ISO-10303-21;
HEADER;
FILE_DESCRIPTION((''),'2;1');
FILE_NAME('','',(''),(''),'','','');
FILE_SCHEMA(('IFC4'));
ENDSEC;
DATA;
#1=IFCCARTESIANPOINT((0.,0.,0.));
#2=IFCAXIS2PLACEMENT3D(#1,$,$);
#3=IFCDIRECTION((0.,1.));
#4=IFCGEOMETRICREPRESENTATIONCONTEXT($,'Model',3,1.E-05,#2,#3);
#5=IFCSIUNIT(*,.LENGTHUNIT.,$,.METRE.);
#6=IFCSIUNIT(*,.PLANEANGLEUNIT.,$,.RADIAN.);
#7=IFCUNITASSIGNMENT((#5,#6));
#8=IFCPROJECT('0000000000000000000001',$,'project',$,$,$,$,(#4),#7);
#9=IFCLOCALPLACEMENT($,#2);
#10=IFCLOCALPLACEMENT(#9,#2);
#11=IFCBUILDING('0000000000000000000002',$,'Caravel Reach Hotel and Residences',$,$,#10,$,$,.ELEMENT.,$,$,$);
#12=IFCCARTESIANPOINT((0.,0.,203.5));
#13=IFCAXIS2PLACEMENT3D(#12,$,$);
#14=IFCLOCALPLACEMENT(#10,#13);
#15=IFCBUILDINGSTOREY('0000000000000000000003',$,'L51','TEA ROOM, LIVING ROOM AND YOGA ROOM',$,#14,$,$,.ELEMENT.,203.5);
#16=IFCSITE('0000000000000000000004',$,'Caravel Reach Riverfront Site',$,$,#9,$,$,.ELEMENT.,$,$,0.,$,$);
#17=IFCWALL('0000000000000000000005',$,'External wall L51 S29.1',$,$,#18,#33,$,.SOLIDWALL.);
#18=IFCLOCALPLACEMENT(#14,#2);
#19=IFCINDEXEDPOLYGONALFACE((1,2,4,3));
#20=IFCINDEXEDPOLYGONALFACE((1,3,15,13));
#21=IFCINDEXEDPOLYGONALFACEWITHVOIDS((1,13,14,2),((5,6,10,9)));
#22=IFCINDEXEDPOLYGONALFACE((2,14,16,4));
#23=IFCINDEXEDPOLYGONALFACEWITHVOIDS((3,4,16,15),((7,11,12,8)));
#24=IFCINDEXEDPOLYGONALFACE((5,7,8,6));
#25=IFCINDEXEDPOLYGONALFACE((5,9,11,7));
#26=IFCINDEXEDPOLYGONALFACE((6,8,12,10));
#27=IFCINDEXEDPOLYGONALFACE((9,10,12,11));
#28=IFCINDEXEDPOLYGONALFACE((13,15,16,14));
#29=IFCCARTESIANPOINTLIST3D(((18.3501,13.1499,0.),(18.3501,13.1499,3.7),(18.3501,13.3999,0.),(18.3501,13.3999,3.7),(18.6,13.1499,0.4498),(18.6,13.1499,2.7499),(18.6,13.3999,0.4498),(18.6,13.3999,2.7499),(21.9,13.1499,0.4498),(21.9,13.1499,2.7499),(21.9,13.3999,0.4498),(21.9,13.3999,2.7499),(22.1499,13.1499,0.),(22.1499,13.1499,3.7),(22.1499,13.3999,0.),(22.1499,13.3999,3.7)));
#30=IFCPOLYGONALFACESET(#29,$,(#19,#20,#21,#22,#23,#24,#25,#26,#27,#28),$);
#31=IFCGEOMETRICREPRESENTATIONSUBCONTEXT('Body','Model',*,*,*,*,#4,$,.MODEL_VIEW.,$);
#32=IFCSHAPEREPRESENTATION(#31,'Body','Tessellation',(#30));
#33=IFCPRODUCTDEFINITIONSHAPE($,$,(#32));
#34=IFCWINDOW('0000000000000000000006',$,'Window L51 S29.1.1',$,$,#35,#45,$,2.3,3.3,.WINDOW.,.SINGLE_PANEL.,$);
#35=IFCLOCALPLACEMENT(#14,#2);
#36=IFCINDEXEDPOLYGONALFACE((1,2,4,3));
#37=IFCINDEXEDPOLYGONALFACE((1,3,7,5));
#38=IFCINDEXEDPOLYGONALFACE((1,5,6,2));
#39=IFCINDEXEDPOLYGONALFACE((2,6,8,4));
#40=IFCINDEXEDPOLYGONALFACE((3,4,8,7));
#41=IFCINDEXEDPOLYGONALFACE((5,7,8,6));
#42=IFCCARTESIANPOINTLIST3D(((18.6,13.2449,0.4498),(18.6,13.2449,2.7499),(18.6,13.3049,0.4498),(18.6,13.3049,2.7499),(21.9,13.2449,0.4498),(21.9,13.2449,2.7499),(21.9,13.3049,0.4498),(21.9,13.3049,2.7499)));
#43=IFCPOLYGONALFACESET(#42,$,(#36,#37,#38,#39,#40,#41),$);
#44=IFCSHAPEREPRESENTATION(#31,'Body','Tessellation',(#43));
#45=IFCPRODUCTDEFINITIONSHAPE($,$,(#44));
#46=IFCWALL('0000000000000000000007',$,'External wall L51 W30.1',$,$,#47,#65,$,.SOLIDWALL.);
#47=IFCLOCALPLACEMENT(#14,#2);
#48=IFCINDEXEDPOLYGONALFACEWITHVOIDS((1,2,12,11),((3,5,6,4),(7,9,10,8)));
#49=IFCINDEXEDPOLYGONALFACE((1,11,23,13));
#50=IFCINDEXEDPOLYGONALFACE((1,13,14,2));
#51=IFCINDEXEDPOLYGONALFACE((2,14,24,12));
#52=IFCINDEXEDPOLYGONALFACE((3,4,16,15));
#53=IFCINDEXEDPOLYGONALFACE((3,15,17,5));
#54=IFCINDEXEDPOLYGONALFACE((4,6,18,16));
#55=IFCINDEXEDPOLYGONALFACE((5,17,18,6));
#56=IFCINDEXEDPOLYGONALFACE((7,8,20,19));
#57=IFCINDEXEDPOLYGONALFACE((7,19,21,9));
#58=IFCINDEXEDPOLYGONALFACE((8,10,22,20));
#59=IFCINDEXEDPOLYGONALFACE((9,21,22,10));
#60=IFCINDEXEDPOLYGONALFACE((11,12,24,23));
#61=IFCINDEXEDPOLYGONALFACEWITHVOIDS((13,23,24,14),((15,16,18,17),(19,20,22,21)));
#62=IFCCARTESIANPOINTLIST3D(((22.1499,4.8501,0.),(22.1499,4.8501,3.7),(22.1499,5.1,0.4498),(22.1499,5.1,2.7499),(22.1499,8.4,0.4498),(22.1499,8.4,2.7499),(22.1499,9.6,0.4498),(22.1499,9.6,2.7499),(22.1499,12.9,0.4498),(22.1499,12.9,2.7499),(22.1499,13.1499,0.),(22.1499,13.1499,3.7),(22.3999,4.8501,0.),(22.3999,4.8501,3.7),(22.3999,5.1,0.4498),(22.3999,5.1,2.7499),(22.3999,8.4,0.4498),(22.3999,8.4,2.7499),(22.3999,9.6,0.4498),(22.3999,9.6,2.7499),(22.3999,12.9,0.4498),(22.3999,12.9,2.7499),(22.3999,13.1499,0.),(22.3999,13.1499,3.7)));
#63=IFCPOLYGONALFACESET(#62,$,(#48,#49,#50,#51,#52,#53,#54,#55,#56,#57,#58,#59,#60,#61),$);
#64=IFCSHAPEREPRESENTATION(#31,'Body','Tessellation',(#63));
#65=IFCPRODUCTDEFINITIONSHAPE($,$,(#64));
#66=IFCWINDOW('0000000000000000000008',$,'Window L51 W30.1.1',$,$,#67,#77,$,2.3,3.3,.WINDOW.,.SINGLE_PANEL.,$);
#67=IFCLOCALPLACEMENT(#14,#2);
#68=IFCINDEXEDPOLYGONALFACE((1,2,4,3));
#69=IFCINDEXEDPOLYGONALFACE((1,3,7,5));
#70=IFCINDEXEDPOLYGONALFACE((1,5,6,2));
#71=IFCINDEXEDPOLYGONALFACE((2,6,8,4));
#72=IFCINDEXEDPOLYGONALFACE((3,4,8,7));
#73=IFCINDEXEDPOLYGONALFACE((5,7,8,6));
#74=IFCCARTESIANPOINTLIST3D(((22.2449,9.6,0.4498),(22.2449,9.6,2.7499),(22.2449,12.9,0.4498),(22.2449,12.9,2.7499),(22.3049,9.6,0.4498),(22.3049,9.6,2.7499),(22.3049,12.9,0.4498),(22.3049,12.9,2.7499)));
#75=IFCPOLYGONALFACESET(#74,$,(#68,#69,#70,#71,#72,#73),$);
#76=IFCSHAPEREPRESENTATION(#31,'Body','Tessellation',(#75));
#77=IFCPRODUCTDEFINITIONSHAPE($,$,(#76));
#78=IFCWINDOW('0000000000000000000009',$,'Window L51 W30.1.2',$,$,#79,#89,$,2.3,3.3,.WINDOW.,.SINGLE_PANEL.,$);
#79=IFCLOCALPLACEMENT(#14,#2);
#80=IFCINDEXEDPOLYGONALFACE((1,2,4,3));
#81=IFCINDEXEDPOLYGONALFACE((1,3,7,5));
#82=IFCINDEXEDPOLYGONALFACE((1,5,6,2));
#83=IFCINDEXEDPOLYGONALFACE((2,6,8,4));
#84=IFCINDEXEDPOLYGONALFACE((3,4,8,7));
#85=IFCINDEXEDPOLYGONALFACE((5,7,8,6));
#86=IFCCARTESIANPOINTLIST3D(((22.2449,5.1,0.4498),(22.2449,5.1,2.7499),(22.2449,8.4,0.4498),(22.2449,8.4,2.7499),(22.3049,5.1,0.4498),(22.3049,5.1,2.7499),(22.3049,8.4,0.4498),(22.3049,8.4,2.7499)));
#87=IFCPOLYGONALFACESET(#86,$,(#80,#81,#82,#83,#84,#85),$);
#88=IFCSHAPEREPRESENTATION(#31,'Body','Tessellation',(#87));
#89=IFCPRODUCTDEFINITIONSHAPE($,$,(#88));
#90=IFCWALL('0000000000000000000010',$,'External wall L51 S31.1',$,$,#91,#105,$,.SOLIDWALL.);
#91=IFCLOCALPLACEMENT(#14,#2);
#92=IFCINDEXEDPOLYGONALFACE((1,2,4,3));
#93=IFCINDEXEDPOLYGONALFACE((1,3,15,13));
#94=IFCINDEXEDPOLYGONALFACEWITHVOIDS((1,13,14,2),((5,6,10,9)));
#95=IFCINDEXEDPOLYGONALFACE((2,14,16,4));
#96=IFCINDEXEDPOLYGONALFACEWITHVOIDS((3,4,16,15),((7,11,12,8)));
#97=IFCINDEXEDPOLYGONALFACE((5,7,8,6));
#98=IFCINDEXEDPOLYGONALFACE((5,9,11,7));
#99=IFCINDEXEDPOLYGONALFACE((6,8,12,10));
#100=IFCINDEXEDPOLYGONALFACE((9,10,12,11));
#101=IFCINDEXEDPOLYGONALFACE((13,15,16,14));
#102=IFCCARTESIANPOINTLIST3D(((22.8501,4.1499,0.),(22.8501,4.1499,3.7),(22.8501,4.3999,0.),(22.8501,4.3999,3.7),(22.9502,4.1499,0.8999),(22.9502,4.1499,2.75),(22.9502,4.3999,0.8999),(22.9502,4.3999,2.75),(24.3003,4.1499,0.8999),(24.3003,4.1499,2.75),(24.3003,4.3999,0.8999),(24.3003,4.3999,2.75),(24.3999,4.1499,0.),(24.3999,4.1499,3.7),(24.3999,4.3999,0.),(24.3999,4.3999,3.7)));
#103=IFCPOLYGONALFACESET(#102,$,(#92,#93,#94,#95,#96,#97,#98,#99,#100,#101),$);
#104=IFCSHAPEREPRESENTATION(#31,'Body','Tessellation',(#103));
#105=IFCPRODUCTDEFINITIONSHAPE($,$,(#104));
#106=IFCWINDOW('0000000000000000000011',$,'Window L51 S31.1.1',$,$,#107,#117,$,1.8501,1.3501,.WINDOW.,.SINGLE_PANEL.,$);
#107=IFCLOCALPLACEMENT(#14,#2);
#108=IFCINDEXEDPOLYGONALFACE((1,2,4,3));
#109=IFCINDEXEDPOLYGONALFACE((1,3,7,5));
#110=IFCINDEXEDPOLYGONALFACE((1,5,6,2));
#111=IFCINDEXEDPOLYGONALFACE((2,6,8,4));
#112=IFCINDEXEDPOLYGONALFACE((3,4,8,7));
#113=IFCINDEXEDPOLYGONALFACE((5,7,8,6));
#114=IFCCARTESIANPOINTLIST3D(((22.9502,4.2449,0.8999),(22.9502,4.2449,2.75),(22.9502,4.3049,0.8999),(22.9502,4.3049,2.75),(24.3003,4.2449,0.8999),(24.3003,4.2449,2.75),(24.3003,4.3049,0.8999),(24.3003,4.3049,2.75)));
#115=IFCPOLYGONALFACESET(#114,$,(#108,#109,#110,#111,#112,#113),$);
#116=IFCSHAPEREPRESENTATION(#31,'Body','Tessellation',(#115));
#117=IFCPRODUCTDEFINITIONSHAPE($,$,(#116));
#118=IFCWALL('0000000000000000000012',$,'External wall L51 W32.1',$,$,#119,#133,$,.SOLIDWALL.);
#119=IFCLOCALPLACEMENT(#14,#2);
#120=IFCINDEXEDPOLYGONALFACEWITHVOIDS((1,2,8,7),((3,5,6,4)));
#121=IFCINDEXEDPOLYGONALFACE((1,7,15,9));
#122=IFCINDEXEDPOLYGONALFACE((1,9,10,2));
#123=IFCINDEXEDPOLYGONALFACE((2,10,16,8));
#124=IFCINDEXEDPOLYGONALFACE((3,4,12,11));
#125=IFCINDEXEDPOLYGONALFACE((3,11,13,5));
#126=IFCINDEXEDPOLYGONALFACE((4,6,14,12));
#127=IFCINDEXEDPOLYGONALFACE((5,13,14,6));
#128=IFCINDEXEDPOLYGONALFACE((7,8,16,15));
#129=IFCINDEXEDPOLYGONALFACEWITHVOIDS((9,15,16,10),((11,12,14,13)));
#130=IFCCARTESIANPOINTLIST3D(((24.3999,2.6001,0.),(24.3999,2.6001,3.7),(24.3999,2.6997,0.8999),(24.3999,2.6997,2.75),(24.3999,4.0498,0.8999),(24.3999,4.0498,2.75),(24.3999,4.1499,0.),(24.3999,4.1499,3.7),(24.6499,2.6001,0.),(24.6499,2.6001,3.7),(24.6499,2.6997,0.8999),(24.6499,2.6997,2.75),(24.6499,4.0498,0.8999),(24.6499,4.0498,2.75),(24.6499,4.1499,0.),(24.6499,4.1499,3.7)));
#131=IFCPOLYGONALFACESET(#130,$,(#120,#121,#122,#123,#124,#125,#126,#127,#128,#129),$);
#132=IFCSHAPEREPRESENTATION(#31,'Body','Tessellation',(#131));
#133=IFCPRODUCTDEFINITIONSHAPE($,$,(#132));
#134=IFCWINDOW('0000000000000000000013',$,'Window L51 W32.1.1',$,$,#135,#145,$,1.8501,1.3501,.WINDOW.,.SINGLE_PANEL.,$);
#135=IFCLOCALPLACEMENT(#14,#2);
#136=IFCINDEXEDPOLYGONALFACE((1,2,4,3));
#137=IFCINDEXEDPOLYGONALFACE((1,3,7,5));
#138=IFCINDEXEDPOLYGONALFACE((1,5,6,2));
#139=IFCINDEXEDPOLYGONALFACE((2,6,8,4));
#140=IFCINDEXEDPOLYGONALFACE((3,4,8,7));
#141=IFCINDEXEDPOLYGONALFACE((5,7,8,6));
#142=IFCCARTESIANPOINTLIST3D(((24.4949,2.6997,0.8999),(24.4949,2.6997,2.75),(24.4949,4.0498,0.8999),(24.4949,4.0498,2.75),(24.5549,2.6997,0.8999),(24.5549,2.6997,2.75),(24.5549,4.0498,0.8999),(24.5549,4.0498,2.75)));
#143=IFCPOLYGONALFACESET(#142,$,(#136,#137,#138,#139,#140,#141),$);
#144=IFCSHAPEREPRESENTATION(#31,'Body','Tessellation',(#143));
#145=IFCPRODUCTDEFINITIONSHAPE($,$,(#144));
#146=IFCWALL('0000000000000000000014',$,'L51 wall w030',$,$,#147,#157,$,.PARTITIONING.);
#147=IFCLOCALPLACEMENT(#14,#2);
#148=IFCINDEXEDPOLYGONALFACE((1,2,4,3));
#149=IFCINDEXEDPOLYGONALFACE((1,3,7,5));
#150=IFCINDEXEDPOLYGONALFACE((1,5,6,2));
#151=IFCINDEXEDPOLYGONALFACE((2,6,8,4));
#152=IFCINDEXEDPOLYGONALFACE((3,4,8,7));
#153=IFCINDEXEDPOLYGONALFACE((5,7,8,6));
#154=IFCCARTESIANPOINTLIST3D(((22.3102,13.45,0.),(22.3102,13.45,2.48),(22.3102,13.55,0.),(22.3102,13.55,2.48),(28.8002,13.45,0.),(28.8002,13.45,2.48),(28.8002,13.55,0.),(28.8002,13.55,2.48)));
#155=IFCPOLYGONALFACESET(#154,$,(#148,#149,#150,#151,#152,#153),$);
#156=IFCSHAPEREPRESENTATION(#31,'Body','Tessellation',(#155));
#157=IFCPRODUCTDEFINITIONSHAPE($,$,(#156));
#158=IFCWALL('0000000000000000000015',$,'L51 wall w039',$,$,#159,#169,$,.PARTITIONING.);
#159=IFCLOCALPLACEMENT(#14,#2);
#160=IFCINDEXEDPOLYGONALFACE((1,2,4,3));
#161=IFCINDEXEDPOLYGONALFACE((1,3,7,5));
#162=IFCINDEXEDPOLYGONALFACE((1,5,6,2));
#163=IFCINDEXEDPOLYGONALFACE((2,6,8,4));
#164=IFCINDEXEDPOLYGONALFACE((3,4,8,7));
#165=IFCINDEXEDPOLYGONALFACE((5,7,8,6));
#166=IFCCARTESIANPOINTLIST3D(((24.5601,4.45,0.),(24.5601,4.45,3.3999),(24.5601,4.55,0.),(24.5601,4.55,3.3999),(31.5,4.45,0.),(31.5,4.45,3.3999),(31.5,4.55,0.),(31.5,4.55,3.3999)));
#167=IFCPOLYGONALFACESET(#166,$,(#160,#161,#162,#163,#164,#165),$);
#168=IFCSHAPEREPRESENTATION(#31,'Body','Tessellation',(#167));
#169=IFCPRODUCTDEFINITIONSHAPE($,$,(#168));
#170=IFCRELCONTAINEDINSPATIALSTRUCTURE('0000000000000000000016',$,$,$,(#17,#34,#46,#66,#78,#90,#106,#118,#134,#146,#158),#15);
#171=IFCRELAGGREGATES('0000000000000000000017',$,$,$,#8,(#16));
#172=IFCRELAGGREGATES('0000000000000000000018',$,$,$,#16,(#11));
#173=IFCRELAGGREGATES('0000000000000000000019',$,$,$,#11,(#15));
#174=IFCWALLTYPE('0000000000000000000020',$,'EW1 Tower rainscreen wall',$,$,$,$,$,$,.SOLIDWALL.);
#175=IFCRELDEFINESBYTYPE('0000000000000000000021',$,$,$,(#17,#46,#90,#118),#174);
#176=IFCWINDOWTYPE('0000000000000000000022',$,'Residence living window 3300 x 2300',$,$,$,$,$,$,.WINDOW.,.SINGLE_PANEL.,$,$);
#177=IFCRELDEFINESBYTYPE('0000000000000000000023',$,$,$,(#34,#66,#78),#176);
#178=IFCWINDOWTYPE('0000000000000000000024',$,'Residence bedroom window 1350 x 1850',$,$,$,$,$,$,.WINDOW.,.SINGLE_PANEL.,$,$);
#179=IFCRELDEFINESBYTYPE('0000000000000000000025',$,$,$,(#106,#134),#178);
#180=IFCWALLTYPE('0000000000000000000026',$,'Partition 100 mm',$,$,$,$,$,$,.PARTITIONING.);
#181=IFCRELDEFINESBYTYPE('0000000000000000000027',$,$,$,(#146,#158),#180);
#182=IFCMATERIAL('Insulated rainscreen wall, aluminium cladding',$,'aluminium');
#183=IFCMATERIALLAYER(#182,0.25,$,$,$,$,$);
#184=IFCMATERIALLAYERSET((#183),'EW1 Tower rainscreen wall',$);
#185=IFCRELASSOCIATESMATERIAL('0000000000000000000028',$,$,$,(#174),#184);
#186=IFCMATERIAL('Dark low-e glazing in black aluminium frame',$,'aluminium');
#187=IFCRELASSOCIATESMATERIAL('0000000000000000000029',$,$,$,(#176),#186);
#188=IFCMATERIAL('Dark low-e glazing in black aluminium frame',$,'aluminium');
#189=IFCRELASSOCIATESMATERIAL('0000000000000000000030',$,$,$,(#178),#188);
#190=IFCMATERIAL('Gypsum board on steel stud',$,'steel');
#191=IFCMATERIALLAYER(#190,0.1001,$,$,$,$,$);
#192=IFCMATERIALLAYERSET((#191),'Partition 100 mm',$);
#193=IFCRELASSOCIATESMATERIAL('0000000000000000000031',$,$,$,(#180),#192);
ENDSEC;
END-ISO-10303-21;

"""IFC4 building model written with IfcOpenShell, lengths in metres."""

from ifc_helpers import new_model, si_unit, direction, frame, frame_2d, origin, place, context, subcontext, project, spatial, rectangle, extrude, material, layer, layer_set, type_object, element, fill, save


model = new_model("IFC4")

# Units and contexts
model_context = context("Model", 3, precision=1e-05, world=origin(), true_north=direction((0.0, 1.0)))
body_context = subcontext(model_context, "Body", "Model", "MODEL_VIEW")
ifc_project = project(units=[si_unit("LENGTHUNIT", "METRE"), si_unit("PLANEANGLEUNIT", "RADIAN")], contexts=[model_context])

# Site, building, storey
site_placement = place(None, origin())
site = spatial("IfcSite", under=ifc_project, at=site_placement, Name="Caravel Reach Riverfront Site", CompositionType="ELEMENT", RefElevation=0.0)
building_placement = place(site_placement, origin())
building = spatial("IfcBuilding", under=site, at=building_placement, Name="Caravel Reach Hotel and Residences", CompositionType="ELEMENT")
storey_placement = place(building_placement, frame((0.0, 0.0, 203.5)))
storey = spatial("IfcBuildingStorey", under=building, at=storey_placement, Name="L51", Description="TEA ROOM, LIVING ROOM AND YOGA ROOM", CompositionType="ELEMENT", Elevation=203.5)

# Wall, opening, window
ifc_material_1 = material(Name="Insulated rainscreen wall, aluminium cladding", Category="aluminium")
ifc_layer_1 = layer(ifc_material_1, 0.25)
ifc_layer_set_1 = layer_set([ifc_layer_1], Name="EW1 Tower rainscreen wall")
wall_type_1 = type_object("IfcWallType", Name="EW1 Tower rainscreen wall", PredefinedType="SOLIDWALL", material=ifc_layer_set_1)
wall_1_placement = place(storey_placement, frame((18.3501, 13.2749, 0.0), z_axis=(0.0, 0.0, 1.0), x_axis=(1.0, 0.0, 0.0)))
wall_1 = element("IfcWall", 1, at=wall_1_placement, inside=storey, type_object=wall_type_1, Name="External wall L51 S29.1", PredefinedType="SOLIDWALL", context=body_context, shape_type="SweptSolid", body=[
    extrude(rectangle(XDim=3.7998, YDim=0.25, at=frame_2d((1.8999, 0.0))), origin(), (0.0, 0.0, 1.0), 3.7),
])
opening_1_placement = place(wall_1_placement, frame((0.25, 0.0, 0.45)))
opening_1 = element("IfcOpeningElement", 2, at=opening_1_placement, cuts=wall_1, PredefinedType="OPENING", context=body_context, shape_type="SweptSolid", body=[
    extrude(rectangle(XDim=3.3, YDim=2.3, at=frame_2d((1.6499, 1.1499))), frame((0.0, 0.135, 0.0), z_axis=(0.0, -1.0, 0.0), x_axis=(1.0, 0.0, 0.0)), (0.0, 0.0, 1.0), 0.27),
])
ifc_material_2 = material(Name="Dark low-e glazing in black aluminium frame", Category="aluminium")
window_type_1 = type_object("IfcWindowType", Name="Residence living window 3300 x 2300", PartitioningType="SINGLE_PANEL", PredefinedType="WINDOW", material=ifc_material_2)
window_1_placement = place(opening_1_placement, origin())
window_1 = element("IfcWindow", 3, at=window_1_placement, inside=storey, type_object=window_type_1, Name="Window L51 S29.1.1", OverallHeight=2.3, OverallWidth=3.3, PartitioningType="SINGLE_PANEL", PredefinedType="WINDOW", context=body_context, shape_type="SweptSolid", body=[
    extrude(rectangle(XDim=3.3, YDim=2.3, at=frame_2d((1.6499, 1.1499))), frame((0.0, 0.03, 0.0), z_axis=(0.0, -1.0, 0.0), x_axis=(1.0, 0.0, 0.0)), (0.0, 0.0, 1.0), 0.0601),
])
fill(opening_1, window_1)

# Wall, openings, windows
wall_2_placement = place(storey_placement, frame((22.2749, 13.1499, 0.0), z_axis=(0.0, 0.0, 1.0), x_axis=(0.0, -1.0, 0.0)))
wall_2 = element("IfcWall", 4, at=wall_2_placement, inside=storey, type_object=wall_type_1, Name="External wall L51 W30.1", PredefinedType="SOLIDWALL", context=body_context, shape_type="SweptSolid", body=[
    extrude(rectangle(XDim=8.2998, YDim=0.25, at=frame_2d((4.1499, 0.0))), origin(), (0.0, 0.0, 1.0), 3.7),
])
opening_2_placement = place(wall_2_placement, frame((0.25, 0.0, 0.45)))
opening_2 = element("IfcOpeningElement", 5, at=opening_2_placement, cuts=wall_2, PredefinedType="OPENING", context=body_context, shape_type="SweptSolid", body=[
    extrude(rectangle(XDim=3.3, YDim=2.3, at=frame_2d((1.6499, 1.1499))), frame((0.0, 0.135, 0.0), z_axis=(0.0, -1.0, 0.0), x_axis=(1.0, 0.0, 0.0)), (0.0, 0.0, 1.0), 0.27),
])
opening_3_placement = place(wall_2_placement, frame((4.75, 0.0, 0.45)))
opening_3 = element("IfcOpeningElement", 6, at=opening_3_placement, cuts=wall_2, PredefinedType="OPENING", context=body_context, shape_type="SweptSolid", body=[
    extrude(rectangle(XDim=3.3, YDim=2.3, at=frame_2d((1.6499, 1.1499))), frame((0.0, 0.135, 0.0), z_axis=(0.0, -1.0, 0.0), x_axis=(1.0, 0.0, 0.0)), (0.0, 0.0, 1.0), 0.27),
])
window_2_placement = place(opening_2_placement, origin())
window_2 = element("IfcWindow", 7, at=window_2_placement, inside=storey, type_object=window_type_1, Name="Window L51 W30.1.1", OverallHeight=2.3, OverallWidth=3.3, PartitioningType="SINGLE_PANEL", PredefinedType="WINDOW", context=body_context, shape_type="SweptSolid", body=[
    extrude(rectangle(XDim=3.3, YDim=2.3, at=frame_2d((1.6499, 1.1499))), frame((0.0, 0.03, 0.0), z_axis=(0.0, -1.0, 0.0), x_axis=(1.0, 0.0, 0.0)), (0.0, 0.0, 1.0), 0.0601),
])
fill(opening_2, window_2)
window_3_placement = place(opening_3_placement, origin())
window_3 = element("IfcWindow", 8, at=window_3_placement, inside=storey, type_object=window_type_1, Name="Window L51 W30.1.2", OverallHeight=2.3, OverallWidth=3.3, PartitioningType="SINGLE_PANEL", PredefinedType="WINDOW", context=body_context, shape_type="SweptSolid", body=[
    extrude(rectangle(XDim=3.3, YDim=2.3, at=frame_2d((1.6499, 1.1499))), frame((0.0, 0.03, 0.0), z_axis=(0.0, -1.0, 0.0), x_axis=(1.0, 0.0, 0.0)), (0.0, 0.0, 1.0), 0.0601),
])
fill(opening_3, window_3)

# Walls, openings, windows
wall_3_placement = place(storey_placement, frame((22.8501, 4.2749, 0.0), z_axis=(0.0, 0.0, 1.0), x_axis=(1.0, 0.0, 0.0)))
wall_3 = element("IfcWall", 9, at=wall_3_placement, inside=storey, type_object=wall_type_1, Name="External wall L51 S31.1", PredefinedType="SOLIDWALL", context=body_context, shape_type="SweptSolid", body=[
    extrude(rectangle(XDim=1.5498, YDim=0.25, at=frame_2d((0.7749, 0.0))), origin(), (0.0, 0.0, 1.0), 3.7),
])
opening_4_placement = place(wall_3_placement, frame((0.1001, 0.0, 0.8999)))
opening_4 = element("IfcOpeningElement", 10, at=opening_4_placement, cuts=wall_3, PredefinedType="OPENING", context=body_context, shape_type="SweptSolid", body=[
    extrude(rectangle(XDim=1.3501, YDim=1.8501, at=frame_2d((0.675, 0.925))), frame((0.0, 0.135, 0.0), z_axis=(0.0, -1.0, 0.0), x_axis=(1.0, 0.0, 0.0)), (0.0, 0.0, 1.0), 0.27),
])
ifc_material_3 = material(Name="Dark low-e glazing in black aluminium frame", Category="aluminium")
window_type_2 = type_object("IfcWindowType", Name="Residence bedroom window 1350 x 1850", PartitioningType="SINGLE_PANEL", PredefinedType="WINDOW", material=ifc_material_3)
window_4_placement = place(opening_4_placement, origin())
window_4 = element("IfcWindow", 11, at=window_4_placement, inside=storey, type_object=window_type_2, Name="Window L51 S31.1.1", OverallHeight=1.8501, OverallWidth=1.3501, PartitioningType="SINGLE_PANEL", PredefinedType="WINDOW", context=body_context, shape_type="SweptSolid", body=[
    extrude(rectangle(XDim=1.3501, YDim=1.8501, at=frame_2d((0.675, 0.925))), frame((0.0, 0.03, 0.0), z_axis=(0.0, -1.0, 0.0), x_axis=(1.0, 0.0, 0.0)), (0.0, 0.0, 1.0), 0.0601),
])
fill(opening_4, window_4)
wall_4_placement = place(storey_placement, frame((24.5249, 4.1499, 0.0), z_axis=(0.0, 0.0, 1.0), x_axis=(0.0, -1.0, 0.0)))
wall_4 = element("IfcWall", 12, at=wall_4_placement, inside=storey, type_object=wall_type_1, Name="External wall L51 W32.1", PredefinedType="SOLIDWALL", context=body_context, shape_type="SweptSolid", body=[
    extrude(rectangle(XDim=1.5498, YDim=0.25, at=frame_2d((0.7749, 0.0))), origin(), (0.0, 0.0, 1.0), 3.7),
])
opening_5_placement = place(wall_4_placement, frame((0.1001, 0.0, 0.8999)))
opening_5 = element("IfcOpeningElement", 13, at=opening_5_placement, cuts=wall_4, PredefinedType="OPENING", context=body_context, shape_type="SweptSolid", body=[
    extrude(rectangle(XDim=1.3501, YDim=1.8501, at=frame_2d((0.675, 0.925))), frame((0.0, 0.135, 0.0), z_axis=(0.0, -1.0, 0.0), x_axis=(1.0, 0.0, 0.0)), (0.0, 0.0, 1.0), 0.27),
])
window_5_placement = place(opening_5_placement, origin())
window_5 = element("IfcWindow", 14, at=window_5_placement, inside=storey, type_object=window_type_2, Name="Window L51 W32.1.1", OverallHeight=1.8501, OverallWidth=1.3501, PartitioningType="SINGLE_PANEL", PredefinedType="WINDOW", context=body_context, shape_type="SweptSolid", body=[
    extrude(rectangle(XDim=1.3501, YDim=1.8501, at=frame_2d((0.675, 0.925))), frame((0.0, 0.03, 0.0), z_axis=(0.0, -1.0, 0.0), x_axis=(1.0, 0.0, 0.0)), (0.0, 0.0, 1.0), 0.0601),
])
fill(opening_5, window_5)

# Walls
ifc_material_4 = material(Name="Gypsum board on steel stud", Category="steel")
ifc_layer_2 = layer(ifc_material_4, 0.1001)
ifc_layer_set_2 = layer_set([ifc_layer_2], Name="Partition 100 mm")
wall_type_2 = type_object("IfcWallType", Name="Partition 100 mm", PredefinedType="PARTITIONING", material=ifc_layer_set_2)
wall_5_placement = place(storey_placement, frame((22.3101, 13.5, 0.0), z_axis=(0.0, 0.0, 1.0), x_axis=(1.0, 0.0, 0.0)))
element("IfcWall", 15, at=wall_5_placement, inside=storey, type_object=wall_type_2, Name="L51 wall w030", PredefinedType="PARTITIONING", context=body_context, shape_type="SweptSolid", body=[
    extrude(rectangle(XDim=6.49, YDim=0.1001, at=frame_2d((3.2451, 0.0))), origin(), (0.0, 0.0, 1.0), 2.48),
])
wall_6_placement = place(storey_placement, frame((24.5601, 4.5, 0.0), z_axis=(0.0, 0.0, 1.0), x_axis=(1.0, 0.0, 0.0)))
element("IfcWall", 16, at=wall_6_placement, inside=storey, type_object=wall_type_2, Name="L51 wall w039", PredefinedType="PARTITIONING", context=body_context, shape_type="SweptSolid", body=[
    extrude(rectangle(XDim=6.9399, YDim=0.1001, at=frame_2d((3.47, 0.0))), origin(), (0.0, 0.0, 1.0), 3.3999),
])

save(model, "model.ifc")
